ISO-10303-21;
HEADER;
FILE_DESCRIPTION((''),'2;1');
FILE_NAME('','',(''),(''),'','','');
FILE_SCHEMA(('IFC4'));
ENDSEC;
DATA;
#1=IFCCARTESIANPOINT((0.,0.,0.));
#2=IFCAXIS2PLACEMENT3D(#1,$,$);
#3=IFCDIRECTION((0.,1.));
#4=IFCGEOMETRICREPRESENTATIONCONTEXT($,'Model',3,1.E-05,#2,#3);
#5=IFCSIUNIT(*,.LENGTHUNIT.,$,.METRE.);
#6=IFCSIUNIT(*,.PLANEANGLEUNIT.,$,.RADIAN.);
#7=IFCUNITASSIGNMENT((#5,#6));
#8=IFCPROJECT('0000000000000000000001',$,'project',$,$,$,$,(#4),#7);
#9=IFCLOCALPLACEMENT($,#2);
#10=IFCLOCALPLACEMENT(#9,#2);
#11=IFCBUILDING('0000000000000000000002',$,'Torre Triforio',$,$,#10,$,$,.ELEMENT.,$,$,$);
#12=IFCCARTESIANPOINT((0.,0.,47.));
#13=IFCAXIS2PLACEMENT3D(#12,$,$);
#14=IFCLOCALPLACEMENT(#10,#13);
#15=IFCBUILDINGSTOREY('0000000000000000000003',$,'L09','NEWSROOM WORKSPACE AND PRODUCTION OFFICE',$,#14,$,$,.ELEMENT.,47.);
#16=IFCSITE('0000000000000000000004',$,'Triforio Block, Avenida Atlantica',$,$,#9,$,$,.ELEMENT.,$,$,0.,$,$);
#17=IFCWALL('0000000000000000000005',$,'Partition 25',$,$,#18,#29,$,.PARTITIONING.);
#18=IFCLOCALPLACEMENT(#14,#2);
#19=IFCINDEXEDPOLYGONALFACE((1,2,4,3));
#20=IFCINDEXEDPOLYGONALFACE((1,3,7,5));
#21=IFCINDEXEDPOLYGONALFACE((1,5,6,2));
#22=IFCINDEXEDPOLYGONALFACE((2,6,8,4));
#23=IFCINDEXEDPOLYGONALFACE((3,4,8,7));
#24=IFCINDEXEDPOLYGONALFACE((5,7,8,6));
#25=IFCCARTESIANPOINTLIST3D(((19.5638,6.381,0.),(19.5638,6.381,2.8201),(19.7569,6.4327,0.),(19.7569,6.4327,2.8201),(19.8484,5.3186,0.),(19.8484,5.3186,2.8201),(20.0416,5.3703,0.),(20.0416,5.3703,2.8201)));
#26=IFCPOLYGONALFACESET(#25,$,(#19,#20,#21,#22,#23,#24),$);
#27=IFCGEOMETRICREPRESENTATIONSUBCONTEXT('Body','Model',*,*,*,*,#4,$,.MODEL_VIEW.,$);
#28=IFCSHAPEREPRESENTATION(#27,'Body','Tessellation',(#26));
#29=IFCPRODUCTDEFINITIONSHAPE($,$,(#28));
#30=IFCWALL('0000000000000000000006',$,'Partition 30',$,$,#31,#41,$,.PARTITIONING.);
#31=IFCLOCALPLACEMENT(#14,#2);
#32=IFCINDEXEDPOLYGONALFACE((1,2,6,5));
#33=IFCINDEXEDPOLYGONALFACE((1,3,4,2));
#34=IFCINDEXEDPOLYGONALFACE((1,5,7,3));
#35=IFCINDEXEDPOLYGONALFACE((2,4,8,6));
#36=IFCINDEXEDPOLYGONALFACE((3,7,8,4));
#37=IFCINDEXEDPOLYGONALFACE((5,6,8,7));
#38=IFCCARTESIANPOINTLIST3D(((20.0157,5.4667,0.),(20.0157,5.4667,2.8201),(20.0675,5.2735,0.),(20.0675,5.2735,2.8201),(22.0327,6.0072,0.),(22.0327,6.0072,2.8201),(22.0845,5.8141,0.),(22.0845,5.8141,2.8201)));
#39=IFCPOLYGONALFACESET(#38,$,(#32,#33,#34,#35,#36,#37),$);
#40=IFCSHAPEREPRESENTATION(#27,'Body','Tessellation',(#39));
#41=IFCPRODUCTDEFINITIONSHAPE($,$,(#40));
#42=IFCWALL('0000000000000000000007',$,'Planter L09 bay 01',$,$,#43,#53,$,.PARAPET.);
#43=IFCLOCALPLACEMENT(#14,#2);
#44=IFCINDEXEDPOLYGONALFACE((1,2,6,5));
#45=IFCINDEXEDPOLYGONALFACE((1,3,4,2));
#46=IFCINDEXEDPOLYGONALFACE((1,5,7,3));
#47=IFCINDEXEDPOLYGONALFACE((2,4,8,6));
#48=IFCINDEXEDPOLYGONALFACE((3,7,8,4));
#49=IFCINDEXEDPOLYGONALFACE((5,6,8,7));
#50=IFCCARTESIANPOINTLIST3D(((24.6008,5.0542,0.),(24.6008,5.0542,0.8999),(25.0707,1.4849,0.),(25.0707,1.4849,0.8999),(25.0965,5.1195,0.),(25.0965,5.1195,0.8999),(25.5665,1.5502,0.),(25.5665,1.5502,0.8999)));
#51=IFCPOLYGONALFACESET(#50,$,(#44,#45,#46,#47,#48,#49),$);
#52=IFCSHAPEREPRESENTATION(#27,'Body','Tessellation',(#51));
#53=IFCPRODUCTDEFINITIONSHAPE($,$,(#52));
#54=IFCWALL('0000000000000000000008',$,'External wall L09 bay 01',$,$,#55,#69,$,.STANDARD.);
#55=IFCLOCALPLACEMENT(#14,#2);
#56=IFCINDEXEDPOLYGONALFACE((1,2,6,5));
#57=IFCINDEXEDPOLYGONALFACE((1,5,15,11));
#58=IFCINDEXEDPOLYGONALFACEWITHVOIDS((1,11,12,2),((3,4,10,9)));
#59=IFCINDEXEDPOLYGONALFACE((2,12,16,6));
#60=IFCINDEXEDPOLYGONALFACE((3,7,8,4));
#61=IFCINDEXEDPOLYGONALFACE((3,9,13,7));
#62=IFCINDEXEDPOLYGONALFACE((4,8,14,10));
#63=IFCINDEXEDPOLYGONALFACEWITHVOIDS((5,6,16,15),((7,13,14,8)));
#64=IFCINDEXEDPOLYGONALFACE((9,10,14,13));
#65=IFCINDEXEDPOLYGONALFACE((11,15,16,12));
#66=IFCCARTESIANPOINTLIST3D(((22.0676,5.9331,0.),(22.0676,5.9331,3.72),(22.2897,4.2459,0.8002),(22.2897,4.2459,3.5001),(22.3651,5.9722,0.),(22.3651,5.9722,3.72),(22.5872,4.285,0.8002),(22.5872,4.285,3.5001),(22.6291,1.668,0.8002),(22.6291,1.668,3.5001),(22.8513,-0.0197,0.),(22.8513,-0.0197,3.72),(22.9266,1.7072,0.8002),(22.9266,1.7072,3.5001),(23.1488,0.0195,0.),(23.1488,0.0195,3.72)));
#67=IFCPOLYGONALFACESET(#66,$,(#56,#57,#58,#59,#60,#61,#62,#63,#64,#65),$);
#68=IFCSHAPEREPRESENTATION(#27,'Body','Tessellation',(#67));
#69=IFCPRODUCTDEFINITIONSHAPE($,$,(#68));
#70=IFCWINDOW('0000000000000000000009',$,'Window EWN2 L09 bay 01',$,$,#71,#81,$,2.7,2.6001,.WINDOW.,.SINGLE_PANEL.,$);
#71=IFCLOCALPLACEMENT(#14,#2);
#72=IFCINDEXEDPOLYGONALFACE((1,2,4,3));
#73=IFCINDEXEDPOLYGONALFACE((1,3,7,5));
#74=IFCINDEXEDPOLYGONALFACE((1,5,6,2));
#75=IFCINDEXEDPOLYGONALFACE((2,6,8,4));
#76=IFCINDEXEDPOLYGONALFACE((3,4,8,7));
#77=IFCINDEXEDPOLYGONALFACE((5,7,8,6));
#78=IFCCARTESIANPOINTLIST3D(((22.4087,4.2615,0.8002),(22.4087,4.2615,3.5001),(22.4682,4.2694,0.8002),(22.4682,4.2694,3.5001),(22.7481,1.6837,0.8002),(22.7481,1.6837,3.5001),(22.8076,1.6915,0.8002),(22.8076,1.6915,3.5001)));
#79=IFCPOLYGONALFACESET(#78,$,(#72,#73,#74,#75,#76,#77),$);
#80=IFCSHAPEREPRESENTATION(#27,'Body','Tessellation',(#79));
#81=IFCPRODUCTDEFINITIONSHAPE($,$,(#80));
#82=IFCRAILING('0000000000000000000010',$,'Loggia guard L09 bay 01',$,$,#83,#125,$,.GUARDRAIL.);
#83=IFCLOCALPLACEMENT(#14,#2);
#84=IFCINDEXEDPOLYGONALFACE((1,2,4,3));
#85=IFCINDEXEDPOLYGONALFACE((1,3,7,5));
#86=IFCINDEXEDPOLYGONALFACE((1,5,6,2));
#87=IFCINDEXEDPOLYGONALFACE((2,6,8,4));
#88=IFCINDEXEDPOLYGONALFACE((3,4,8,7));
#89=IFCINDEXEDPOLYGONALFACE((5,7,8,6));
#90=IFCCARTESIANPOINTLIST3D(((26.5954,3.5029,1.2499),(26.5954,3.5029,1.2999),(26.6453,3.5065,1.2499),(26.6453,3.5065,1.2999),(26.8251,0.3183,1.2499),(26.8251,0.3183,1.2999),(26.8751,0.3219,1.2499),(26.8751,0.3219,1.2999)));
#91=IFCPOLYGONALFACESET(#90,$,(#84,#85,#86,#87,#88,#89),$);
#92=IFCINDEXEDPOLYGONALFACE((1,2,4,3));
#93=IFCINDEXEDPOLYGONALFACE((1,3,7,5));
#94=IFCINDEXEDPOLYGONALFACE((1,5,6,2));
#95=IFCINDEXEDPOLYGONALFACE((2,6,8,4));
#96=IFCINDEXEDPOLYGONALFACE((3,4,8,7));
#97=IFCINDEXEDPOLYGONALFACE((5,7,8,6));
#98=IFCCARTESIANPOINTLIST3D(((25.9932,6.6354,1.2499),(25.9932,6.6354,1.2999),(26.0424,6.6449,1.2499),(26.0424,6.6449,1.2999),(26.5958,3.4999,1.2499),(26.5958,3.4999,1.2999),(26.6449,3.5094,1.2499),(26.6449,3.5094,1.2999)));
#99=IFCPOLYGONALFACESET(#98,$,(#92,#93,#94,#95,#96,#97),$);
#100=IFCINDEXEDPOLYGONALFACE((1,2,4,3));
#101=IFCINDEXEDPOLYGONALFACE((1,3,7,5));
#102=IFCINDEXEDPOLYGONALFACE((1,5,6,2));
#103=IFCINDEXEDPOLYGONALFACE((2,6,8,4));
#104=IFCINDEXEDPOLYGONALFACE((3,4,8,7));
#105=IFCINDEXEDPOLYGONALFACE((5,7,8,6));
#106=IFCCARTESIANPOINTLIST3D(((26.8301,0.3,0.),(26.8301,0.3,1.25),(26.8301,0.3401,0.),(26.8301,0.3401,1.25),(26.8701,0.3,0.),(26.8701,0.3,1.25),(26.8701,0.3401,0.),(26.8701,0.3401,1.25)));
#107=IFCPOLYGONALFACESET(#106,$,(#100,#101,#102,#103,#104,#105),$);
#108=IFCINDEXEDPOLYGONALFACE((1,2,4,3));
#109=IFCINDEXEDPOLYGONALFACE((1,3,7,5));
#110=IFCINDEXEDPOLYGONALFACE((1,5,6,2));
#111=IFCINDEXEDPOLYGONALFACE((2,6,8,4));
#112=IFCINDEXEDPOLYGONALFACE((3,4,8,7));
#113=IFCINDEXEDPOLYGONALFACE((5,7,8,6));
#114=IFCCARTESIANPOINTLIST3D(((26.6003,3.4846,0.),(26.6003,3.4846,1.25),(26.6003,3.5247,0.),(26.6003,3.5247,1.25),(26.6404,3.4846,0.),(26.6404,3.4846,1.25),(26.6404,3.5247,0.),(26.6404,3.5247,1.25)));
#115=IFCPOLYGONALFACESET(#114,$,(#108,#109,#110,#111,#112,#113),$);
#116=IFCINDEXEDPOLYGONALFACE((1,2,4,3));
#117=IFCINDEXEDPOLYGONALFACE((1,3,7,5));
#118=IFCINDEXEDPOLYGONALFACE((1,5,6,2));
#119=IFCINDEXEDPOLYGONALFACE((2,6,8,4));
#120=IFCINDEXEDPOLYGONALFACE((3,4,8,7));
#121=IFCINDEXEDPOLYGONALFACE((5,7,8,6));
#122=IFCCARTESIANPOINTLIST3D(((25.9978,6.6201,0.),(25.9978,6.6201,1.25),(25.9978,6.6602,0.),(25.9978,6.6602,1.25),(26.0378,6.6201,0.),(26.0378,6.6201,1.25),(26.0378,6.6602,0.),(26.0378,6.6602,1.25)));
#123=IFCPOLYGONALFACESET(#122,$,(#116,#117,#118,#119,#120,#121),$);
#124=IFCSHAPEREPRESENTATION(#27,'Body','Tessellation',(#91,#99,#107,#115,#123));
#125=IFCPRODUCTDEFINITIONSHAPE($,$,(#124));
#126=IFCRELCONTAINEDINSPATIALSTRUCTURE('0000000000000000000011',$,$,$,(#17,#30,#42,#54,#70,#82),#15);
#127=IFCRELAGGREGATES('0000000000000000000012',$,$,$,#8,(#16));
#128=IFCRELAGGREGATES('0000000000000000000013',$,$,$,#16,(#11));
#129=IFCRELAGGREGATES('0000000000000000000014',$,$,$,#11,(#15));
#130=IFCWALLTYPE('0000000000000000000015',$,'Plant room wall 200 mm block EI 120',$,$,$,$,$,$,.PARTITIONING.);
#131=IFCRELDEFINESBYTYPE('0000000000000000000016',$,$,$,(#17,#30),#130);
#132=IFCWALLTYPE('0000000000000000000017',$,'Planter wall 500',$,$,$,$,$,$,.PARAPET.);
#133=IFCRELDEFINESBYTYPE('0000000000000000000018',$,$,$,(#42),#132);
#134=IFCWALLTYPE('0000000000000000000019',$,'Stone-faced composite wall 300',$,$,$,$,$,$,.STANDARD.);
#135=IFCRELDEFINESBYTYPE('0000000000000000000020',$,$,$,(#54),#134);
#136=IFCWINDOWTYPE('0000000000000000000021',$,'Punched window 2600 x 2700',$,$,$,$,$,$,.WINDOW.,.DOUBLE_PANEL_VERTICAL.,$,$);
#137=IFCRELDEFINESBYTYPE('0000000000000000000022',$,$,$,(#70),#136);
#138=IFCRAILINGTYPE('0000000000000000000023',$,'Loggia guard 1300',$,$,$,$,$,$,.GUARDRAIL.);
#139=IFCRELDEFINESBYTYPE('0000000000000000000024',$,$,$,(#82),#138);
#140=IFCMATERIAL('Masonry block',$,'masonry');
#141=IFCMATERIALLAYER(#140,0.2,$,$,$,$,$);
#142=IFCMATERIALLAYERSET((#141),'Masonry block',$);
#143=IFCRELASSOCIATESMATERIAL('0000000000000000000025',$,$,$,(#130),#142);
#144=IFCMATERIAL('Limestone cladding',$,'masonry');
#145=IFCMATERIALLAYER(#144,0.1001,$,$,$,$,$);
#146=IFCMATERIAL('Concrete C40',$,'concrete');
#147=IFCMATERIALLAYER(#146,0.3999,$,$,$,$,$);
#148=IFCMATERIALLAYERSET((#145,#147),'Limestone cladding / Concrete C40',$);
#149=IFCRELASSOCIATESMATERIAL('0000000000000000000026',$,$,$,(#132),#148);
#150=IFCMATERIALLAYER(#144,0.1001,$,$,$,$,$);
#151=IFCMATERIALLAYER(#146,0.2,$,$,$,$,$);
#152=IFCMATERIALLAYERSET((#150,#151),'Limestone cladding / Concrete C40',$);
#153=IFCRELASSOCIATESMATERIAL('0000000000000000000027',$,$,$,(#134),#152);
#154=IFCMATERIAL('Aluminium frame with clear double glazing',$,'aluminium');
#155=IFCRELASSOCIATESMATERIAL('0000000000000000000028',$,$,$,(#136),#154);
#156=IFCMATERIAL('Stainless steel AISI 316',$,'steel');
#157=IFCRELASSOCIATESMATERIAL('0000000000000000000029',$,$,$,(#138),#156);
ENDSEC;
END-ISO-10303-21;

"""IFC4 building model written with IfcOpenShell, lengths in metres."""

from ifc_helpers import new_model, si_unit, direction, frame, frame_2d, origin, origin_2d, place, context, subcontext, project, spatial, rectangle, extrude, material, layer, layer_set, type_object, element, fill, save


model = new_model("IFC4")

# Units and contexts
model_context = context("Model", 3, precision=1e-05, world=origin(), true_north=direction((0.0, 1.0)))
body_context = subcontext(model_context, "Body", "Model", "MODEL_VIEW")
ifc_project = project(units=[si_unit("LENGTHUNIT", "METRE"), si_unit("PLANEANGLEUNIT", "RADIAN")], contexts=[model_context])

# Site, building, storey
site_placement = place(None, origin())
site = spatial("IfcSite", under=ifc_project, at=site_placement, Name="Triforio Block, Avenida Atlantica", CompositionType="ELEMENT", RefElevation=0.0)
building_placement = place(site_placement, origin())
building = spatial("IfcBuilding", under=site, at=building_placement, Name="Torre Triforio", CompositionType="ELEMENT")
storey_placement = place(building_placement, frame((0.0, 0.0, 47.0)))
storey = spatial("IfcBuildingStorey", under=building, at=storey_placement, Name="L09", Description="NEWSROOM WORKSPACE AND PRODUCTION OFFICE", CompositionType="ELEMENT", Elevation=47.0)

# Shared definitions
ifc_material_1 = material(Name="Masonry block", Category="masonry")
ifc_layer_1 = layer(ifc_material_1, 0.2)
ifc_layer_set_1 = layer_set([ifc_layer_1], Name="Masonry block")
wall_type_1 = type_object("IfcWallType", Name="Plant room wall 200 mm block EI 120", PredefinedType="PARTITIONING", material=ifc_layer_set_1)

# Walls
wall_1_placement = place(storey_placement, frame((19.6604, 6.4067, 0.0), z_axis=(0.0, 0.0, 1.0), x_axis=(0.258795, -0.965932, 0.0)))
element("IfcWall", 1, at=wall_1_placement, inside=storey, type_object=wall_type_1, Name="Partition 25", PredefinedType="PARTITIONING", context=body_context, shape_type="SweptSolid", body=[
    extrude(rectangle(XDim=1.0999, YDim=0.2, at=frame_2d((0.5498, 0.0))), origin(), (0.0, 0.0, 1.0), 2.8201),
])
wall_2_placement = place(storey_placement, frame((20.0417, 5.3701, 0.0), z_axis=(0.0, 0.0, 1.0), x_axis=(0.965912, 0.258871, 0.0)))
element("IfcWall", 2, at=wall_2_placement, inside=storey, type_object=wall_type_1, Name="Partition 30", PredefinedType="PARTITIONING", context=body_context, shape_type="SweptSolid", body=[
    extrude(rectangle(XDim=2.0881, YDim=0.2, at=frame_2d((1.0439, 0.0))), origin(), (0.0, 0.0, 1.0), 2.8201),
])
ifc_material_2 = material(Name="Limestone cladding", Category="masonry")
ifc_layer_2 = layer(ifc_material_2, 0.1001)
ifc_material_3 = material(Name="Concrete C40", Category="concrete")
ifc_layer_3 = layer(ifc_material_3, 0.3999)
ifc_layer_set_2 = layer_set([ifc_layer_2, ifc_layer_3], Name="Limestone cladding / Concrete C40")
wall_type_2 = type_object("IfcWallType", Name="Planter wall 500", PredefinedType="PARAPET", material=ifc_layer_set_2)
wall_3_placement = place(storey_placement, frame((25.3186, 1.5176, 0.0), z_axis=(0.0, 0.0, 1.0), x_axis=(-0.130542, 0.991443, 0.0)))
element("IfcWall", 3, at=wall_3_placement, inside=storey, type_object=wall_type_2, Name="Planter L09 bay 01", PredefinedType="PARAPET", context=body_context, shape_type="SweptSolid", body=[
    extrude(rectangle(XDim=3.6001, YDim=0.5, at=frame_2d((1.8, 0.0))), origin(), (0.0, 0.0, 1.0), 0.8999),
])

# Wall, opening, window
ifc_layer_4 = layer(ifc_material_2, 0.1001)
ifc_layer_5 = layer(ifc_material_3, 0.2)
ifc_layer_set_3 = layer_set([ifc_layer_4, ifc_layer_5], Name="Limestone cladding / Concrete C40")
wall_type_3 = type_object("IfcWallType", Name="Stone-faced composite wall 300", PredefinedType="STANDARD", material=ifc_layer_set_3)
wall_4_placement = place(storey_placement, frame((23.0, 0.0, 0.0), z_axis=(0.0, 0.0, 1.0), x_axis=(-0.130523, 0.991445, 0.0)))
wall_4 = element("IfcWall", 4, at=wall_4_placement, inside=storey, type_object=wall_type_3, Name="External wall L09 bay 01", PredefinedType="STANDARD", context=body_context, shape_type="SweptSolid", body=[
    extrude(rectangle(XDim=6.0042, YDim=0.3, at=frame_2d((3.002, 0.0))), origin(), (0.0, 0.0, 1.0), 3.72),
])
opening_1_placement = place(wall_4_placement, frame((1.7021, 0.0, 0.8)))
opening_1 = element("IfcOpeningElement", 5, at=opening_1_placement, cuts=wall_4, PredefinedType="OPENING", context=body_context, shape_type="SweptSolid", body=[
    extrude(rectangle(XDim=2.6001, YDim=2.7, at=frame_2d((1.3, 1.3501))), frame((0.0, 0.1599, 0.0), z_axis=(0.0, -1.0, 0.0), x_axis=(1.0, 0.0, 0.0)), (0.0, 0.0, 1.0), 0.3201),
])
ifc_material_4 = material(Name="Aluminium frame with clear double glazing", Category="aluminium")
window_type_1 = type_object("IfcWindowType", Name="Punched window 2600 x 2700", PartitioningType="DOUBLE_PANEL_VERTICAL", PredefinedType="WINDOW", material=ifc_material_4)
window_1_placement = place(opening_1_placement, origin())
window_1 = element("IfcWindow", 6, at=window_1_placement, inside=storey, type_object=window_type_1, Name="Window EWN2 L09 bay 01", OverallHeight=2.7, OverallWidth=2.6001, PartitioningType="SINGLE_PANEL", PredefinedType="WINDOW", context=body_context, shape_type="SweptSolid", body=[
    extrude(rectangle(XDim=2.6001, YDim=2.7, at=frame_2d((1.3, 1.3501))), frame((0.0, 0.03, 0.0), z_axis=(0.0, -1.0, 0.0), x_axis=(1.0, 0.0, 0.0)), (0.0, 0.0, 1.0), 0.0601),
])
fill(opening_1, window_1)

# Railing
ifc_material_5 = material(Name="Stainless steel AISI 316", Category="steel")
railing_type = type_object("IfcRailingType", Name="Loggia guard 1300", PredefinedType="GUARDRAIL", material=ifc_material_5)
railing_placement = place(storey_placement, frame((26.8501, 0.3201, 0.0)))
element("IfcRailing", 7, at=railing_placement, inside=storey, type_object=railing_type, Name="Loggia guard L09 bay 01", PredefinedType="GUARDRAIL", context=body_context, shape_type="SweptSolid", body=[
    extrude(rectangle(XDim=0.05, YDim=0.05, at=origin_2d()), frame((0.0, 0.0, 1.2749), z_axis=(-0.071953, 0.997408, 0.0), x_axis=(-0.997408, -0.071953, 0.0)), (0.0, 0.0, 1.0), 3.1929),
    extrude(rectangle(XDim=0.05, YDim=0.05, at=origin_2d()), frame((-0.2297, 3.1846, 1.2749), z_axis=(-0.188714, 0.982032, 0.0), x_axis=(-0.982032, -0.188714, 0.0)), (0.0, 0.0, 1.0), 3.1929),
    extrude(rectangle(XDim=0.04, YDim=0.04, at=origin_2d()), origin(), (0.0, 0.0, 1.0), 1.25),
    extrude(rectangle(XDim=0.04, YDim=0.04, at=origin_2d()), frame((-0.2297, 3.1846, 0.0)), (0.0, 0.0, 1.0), 1.25),
    extrude(rectangle(XDim=0.04, YDim=0.04, at=origin_2d()), frame((-0.8323, 6.3201, 0.0)), (0.0, 0.0, 1.0), 1.25),
])

save(model, "model.ifc")
